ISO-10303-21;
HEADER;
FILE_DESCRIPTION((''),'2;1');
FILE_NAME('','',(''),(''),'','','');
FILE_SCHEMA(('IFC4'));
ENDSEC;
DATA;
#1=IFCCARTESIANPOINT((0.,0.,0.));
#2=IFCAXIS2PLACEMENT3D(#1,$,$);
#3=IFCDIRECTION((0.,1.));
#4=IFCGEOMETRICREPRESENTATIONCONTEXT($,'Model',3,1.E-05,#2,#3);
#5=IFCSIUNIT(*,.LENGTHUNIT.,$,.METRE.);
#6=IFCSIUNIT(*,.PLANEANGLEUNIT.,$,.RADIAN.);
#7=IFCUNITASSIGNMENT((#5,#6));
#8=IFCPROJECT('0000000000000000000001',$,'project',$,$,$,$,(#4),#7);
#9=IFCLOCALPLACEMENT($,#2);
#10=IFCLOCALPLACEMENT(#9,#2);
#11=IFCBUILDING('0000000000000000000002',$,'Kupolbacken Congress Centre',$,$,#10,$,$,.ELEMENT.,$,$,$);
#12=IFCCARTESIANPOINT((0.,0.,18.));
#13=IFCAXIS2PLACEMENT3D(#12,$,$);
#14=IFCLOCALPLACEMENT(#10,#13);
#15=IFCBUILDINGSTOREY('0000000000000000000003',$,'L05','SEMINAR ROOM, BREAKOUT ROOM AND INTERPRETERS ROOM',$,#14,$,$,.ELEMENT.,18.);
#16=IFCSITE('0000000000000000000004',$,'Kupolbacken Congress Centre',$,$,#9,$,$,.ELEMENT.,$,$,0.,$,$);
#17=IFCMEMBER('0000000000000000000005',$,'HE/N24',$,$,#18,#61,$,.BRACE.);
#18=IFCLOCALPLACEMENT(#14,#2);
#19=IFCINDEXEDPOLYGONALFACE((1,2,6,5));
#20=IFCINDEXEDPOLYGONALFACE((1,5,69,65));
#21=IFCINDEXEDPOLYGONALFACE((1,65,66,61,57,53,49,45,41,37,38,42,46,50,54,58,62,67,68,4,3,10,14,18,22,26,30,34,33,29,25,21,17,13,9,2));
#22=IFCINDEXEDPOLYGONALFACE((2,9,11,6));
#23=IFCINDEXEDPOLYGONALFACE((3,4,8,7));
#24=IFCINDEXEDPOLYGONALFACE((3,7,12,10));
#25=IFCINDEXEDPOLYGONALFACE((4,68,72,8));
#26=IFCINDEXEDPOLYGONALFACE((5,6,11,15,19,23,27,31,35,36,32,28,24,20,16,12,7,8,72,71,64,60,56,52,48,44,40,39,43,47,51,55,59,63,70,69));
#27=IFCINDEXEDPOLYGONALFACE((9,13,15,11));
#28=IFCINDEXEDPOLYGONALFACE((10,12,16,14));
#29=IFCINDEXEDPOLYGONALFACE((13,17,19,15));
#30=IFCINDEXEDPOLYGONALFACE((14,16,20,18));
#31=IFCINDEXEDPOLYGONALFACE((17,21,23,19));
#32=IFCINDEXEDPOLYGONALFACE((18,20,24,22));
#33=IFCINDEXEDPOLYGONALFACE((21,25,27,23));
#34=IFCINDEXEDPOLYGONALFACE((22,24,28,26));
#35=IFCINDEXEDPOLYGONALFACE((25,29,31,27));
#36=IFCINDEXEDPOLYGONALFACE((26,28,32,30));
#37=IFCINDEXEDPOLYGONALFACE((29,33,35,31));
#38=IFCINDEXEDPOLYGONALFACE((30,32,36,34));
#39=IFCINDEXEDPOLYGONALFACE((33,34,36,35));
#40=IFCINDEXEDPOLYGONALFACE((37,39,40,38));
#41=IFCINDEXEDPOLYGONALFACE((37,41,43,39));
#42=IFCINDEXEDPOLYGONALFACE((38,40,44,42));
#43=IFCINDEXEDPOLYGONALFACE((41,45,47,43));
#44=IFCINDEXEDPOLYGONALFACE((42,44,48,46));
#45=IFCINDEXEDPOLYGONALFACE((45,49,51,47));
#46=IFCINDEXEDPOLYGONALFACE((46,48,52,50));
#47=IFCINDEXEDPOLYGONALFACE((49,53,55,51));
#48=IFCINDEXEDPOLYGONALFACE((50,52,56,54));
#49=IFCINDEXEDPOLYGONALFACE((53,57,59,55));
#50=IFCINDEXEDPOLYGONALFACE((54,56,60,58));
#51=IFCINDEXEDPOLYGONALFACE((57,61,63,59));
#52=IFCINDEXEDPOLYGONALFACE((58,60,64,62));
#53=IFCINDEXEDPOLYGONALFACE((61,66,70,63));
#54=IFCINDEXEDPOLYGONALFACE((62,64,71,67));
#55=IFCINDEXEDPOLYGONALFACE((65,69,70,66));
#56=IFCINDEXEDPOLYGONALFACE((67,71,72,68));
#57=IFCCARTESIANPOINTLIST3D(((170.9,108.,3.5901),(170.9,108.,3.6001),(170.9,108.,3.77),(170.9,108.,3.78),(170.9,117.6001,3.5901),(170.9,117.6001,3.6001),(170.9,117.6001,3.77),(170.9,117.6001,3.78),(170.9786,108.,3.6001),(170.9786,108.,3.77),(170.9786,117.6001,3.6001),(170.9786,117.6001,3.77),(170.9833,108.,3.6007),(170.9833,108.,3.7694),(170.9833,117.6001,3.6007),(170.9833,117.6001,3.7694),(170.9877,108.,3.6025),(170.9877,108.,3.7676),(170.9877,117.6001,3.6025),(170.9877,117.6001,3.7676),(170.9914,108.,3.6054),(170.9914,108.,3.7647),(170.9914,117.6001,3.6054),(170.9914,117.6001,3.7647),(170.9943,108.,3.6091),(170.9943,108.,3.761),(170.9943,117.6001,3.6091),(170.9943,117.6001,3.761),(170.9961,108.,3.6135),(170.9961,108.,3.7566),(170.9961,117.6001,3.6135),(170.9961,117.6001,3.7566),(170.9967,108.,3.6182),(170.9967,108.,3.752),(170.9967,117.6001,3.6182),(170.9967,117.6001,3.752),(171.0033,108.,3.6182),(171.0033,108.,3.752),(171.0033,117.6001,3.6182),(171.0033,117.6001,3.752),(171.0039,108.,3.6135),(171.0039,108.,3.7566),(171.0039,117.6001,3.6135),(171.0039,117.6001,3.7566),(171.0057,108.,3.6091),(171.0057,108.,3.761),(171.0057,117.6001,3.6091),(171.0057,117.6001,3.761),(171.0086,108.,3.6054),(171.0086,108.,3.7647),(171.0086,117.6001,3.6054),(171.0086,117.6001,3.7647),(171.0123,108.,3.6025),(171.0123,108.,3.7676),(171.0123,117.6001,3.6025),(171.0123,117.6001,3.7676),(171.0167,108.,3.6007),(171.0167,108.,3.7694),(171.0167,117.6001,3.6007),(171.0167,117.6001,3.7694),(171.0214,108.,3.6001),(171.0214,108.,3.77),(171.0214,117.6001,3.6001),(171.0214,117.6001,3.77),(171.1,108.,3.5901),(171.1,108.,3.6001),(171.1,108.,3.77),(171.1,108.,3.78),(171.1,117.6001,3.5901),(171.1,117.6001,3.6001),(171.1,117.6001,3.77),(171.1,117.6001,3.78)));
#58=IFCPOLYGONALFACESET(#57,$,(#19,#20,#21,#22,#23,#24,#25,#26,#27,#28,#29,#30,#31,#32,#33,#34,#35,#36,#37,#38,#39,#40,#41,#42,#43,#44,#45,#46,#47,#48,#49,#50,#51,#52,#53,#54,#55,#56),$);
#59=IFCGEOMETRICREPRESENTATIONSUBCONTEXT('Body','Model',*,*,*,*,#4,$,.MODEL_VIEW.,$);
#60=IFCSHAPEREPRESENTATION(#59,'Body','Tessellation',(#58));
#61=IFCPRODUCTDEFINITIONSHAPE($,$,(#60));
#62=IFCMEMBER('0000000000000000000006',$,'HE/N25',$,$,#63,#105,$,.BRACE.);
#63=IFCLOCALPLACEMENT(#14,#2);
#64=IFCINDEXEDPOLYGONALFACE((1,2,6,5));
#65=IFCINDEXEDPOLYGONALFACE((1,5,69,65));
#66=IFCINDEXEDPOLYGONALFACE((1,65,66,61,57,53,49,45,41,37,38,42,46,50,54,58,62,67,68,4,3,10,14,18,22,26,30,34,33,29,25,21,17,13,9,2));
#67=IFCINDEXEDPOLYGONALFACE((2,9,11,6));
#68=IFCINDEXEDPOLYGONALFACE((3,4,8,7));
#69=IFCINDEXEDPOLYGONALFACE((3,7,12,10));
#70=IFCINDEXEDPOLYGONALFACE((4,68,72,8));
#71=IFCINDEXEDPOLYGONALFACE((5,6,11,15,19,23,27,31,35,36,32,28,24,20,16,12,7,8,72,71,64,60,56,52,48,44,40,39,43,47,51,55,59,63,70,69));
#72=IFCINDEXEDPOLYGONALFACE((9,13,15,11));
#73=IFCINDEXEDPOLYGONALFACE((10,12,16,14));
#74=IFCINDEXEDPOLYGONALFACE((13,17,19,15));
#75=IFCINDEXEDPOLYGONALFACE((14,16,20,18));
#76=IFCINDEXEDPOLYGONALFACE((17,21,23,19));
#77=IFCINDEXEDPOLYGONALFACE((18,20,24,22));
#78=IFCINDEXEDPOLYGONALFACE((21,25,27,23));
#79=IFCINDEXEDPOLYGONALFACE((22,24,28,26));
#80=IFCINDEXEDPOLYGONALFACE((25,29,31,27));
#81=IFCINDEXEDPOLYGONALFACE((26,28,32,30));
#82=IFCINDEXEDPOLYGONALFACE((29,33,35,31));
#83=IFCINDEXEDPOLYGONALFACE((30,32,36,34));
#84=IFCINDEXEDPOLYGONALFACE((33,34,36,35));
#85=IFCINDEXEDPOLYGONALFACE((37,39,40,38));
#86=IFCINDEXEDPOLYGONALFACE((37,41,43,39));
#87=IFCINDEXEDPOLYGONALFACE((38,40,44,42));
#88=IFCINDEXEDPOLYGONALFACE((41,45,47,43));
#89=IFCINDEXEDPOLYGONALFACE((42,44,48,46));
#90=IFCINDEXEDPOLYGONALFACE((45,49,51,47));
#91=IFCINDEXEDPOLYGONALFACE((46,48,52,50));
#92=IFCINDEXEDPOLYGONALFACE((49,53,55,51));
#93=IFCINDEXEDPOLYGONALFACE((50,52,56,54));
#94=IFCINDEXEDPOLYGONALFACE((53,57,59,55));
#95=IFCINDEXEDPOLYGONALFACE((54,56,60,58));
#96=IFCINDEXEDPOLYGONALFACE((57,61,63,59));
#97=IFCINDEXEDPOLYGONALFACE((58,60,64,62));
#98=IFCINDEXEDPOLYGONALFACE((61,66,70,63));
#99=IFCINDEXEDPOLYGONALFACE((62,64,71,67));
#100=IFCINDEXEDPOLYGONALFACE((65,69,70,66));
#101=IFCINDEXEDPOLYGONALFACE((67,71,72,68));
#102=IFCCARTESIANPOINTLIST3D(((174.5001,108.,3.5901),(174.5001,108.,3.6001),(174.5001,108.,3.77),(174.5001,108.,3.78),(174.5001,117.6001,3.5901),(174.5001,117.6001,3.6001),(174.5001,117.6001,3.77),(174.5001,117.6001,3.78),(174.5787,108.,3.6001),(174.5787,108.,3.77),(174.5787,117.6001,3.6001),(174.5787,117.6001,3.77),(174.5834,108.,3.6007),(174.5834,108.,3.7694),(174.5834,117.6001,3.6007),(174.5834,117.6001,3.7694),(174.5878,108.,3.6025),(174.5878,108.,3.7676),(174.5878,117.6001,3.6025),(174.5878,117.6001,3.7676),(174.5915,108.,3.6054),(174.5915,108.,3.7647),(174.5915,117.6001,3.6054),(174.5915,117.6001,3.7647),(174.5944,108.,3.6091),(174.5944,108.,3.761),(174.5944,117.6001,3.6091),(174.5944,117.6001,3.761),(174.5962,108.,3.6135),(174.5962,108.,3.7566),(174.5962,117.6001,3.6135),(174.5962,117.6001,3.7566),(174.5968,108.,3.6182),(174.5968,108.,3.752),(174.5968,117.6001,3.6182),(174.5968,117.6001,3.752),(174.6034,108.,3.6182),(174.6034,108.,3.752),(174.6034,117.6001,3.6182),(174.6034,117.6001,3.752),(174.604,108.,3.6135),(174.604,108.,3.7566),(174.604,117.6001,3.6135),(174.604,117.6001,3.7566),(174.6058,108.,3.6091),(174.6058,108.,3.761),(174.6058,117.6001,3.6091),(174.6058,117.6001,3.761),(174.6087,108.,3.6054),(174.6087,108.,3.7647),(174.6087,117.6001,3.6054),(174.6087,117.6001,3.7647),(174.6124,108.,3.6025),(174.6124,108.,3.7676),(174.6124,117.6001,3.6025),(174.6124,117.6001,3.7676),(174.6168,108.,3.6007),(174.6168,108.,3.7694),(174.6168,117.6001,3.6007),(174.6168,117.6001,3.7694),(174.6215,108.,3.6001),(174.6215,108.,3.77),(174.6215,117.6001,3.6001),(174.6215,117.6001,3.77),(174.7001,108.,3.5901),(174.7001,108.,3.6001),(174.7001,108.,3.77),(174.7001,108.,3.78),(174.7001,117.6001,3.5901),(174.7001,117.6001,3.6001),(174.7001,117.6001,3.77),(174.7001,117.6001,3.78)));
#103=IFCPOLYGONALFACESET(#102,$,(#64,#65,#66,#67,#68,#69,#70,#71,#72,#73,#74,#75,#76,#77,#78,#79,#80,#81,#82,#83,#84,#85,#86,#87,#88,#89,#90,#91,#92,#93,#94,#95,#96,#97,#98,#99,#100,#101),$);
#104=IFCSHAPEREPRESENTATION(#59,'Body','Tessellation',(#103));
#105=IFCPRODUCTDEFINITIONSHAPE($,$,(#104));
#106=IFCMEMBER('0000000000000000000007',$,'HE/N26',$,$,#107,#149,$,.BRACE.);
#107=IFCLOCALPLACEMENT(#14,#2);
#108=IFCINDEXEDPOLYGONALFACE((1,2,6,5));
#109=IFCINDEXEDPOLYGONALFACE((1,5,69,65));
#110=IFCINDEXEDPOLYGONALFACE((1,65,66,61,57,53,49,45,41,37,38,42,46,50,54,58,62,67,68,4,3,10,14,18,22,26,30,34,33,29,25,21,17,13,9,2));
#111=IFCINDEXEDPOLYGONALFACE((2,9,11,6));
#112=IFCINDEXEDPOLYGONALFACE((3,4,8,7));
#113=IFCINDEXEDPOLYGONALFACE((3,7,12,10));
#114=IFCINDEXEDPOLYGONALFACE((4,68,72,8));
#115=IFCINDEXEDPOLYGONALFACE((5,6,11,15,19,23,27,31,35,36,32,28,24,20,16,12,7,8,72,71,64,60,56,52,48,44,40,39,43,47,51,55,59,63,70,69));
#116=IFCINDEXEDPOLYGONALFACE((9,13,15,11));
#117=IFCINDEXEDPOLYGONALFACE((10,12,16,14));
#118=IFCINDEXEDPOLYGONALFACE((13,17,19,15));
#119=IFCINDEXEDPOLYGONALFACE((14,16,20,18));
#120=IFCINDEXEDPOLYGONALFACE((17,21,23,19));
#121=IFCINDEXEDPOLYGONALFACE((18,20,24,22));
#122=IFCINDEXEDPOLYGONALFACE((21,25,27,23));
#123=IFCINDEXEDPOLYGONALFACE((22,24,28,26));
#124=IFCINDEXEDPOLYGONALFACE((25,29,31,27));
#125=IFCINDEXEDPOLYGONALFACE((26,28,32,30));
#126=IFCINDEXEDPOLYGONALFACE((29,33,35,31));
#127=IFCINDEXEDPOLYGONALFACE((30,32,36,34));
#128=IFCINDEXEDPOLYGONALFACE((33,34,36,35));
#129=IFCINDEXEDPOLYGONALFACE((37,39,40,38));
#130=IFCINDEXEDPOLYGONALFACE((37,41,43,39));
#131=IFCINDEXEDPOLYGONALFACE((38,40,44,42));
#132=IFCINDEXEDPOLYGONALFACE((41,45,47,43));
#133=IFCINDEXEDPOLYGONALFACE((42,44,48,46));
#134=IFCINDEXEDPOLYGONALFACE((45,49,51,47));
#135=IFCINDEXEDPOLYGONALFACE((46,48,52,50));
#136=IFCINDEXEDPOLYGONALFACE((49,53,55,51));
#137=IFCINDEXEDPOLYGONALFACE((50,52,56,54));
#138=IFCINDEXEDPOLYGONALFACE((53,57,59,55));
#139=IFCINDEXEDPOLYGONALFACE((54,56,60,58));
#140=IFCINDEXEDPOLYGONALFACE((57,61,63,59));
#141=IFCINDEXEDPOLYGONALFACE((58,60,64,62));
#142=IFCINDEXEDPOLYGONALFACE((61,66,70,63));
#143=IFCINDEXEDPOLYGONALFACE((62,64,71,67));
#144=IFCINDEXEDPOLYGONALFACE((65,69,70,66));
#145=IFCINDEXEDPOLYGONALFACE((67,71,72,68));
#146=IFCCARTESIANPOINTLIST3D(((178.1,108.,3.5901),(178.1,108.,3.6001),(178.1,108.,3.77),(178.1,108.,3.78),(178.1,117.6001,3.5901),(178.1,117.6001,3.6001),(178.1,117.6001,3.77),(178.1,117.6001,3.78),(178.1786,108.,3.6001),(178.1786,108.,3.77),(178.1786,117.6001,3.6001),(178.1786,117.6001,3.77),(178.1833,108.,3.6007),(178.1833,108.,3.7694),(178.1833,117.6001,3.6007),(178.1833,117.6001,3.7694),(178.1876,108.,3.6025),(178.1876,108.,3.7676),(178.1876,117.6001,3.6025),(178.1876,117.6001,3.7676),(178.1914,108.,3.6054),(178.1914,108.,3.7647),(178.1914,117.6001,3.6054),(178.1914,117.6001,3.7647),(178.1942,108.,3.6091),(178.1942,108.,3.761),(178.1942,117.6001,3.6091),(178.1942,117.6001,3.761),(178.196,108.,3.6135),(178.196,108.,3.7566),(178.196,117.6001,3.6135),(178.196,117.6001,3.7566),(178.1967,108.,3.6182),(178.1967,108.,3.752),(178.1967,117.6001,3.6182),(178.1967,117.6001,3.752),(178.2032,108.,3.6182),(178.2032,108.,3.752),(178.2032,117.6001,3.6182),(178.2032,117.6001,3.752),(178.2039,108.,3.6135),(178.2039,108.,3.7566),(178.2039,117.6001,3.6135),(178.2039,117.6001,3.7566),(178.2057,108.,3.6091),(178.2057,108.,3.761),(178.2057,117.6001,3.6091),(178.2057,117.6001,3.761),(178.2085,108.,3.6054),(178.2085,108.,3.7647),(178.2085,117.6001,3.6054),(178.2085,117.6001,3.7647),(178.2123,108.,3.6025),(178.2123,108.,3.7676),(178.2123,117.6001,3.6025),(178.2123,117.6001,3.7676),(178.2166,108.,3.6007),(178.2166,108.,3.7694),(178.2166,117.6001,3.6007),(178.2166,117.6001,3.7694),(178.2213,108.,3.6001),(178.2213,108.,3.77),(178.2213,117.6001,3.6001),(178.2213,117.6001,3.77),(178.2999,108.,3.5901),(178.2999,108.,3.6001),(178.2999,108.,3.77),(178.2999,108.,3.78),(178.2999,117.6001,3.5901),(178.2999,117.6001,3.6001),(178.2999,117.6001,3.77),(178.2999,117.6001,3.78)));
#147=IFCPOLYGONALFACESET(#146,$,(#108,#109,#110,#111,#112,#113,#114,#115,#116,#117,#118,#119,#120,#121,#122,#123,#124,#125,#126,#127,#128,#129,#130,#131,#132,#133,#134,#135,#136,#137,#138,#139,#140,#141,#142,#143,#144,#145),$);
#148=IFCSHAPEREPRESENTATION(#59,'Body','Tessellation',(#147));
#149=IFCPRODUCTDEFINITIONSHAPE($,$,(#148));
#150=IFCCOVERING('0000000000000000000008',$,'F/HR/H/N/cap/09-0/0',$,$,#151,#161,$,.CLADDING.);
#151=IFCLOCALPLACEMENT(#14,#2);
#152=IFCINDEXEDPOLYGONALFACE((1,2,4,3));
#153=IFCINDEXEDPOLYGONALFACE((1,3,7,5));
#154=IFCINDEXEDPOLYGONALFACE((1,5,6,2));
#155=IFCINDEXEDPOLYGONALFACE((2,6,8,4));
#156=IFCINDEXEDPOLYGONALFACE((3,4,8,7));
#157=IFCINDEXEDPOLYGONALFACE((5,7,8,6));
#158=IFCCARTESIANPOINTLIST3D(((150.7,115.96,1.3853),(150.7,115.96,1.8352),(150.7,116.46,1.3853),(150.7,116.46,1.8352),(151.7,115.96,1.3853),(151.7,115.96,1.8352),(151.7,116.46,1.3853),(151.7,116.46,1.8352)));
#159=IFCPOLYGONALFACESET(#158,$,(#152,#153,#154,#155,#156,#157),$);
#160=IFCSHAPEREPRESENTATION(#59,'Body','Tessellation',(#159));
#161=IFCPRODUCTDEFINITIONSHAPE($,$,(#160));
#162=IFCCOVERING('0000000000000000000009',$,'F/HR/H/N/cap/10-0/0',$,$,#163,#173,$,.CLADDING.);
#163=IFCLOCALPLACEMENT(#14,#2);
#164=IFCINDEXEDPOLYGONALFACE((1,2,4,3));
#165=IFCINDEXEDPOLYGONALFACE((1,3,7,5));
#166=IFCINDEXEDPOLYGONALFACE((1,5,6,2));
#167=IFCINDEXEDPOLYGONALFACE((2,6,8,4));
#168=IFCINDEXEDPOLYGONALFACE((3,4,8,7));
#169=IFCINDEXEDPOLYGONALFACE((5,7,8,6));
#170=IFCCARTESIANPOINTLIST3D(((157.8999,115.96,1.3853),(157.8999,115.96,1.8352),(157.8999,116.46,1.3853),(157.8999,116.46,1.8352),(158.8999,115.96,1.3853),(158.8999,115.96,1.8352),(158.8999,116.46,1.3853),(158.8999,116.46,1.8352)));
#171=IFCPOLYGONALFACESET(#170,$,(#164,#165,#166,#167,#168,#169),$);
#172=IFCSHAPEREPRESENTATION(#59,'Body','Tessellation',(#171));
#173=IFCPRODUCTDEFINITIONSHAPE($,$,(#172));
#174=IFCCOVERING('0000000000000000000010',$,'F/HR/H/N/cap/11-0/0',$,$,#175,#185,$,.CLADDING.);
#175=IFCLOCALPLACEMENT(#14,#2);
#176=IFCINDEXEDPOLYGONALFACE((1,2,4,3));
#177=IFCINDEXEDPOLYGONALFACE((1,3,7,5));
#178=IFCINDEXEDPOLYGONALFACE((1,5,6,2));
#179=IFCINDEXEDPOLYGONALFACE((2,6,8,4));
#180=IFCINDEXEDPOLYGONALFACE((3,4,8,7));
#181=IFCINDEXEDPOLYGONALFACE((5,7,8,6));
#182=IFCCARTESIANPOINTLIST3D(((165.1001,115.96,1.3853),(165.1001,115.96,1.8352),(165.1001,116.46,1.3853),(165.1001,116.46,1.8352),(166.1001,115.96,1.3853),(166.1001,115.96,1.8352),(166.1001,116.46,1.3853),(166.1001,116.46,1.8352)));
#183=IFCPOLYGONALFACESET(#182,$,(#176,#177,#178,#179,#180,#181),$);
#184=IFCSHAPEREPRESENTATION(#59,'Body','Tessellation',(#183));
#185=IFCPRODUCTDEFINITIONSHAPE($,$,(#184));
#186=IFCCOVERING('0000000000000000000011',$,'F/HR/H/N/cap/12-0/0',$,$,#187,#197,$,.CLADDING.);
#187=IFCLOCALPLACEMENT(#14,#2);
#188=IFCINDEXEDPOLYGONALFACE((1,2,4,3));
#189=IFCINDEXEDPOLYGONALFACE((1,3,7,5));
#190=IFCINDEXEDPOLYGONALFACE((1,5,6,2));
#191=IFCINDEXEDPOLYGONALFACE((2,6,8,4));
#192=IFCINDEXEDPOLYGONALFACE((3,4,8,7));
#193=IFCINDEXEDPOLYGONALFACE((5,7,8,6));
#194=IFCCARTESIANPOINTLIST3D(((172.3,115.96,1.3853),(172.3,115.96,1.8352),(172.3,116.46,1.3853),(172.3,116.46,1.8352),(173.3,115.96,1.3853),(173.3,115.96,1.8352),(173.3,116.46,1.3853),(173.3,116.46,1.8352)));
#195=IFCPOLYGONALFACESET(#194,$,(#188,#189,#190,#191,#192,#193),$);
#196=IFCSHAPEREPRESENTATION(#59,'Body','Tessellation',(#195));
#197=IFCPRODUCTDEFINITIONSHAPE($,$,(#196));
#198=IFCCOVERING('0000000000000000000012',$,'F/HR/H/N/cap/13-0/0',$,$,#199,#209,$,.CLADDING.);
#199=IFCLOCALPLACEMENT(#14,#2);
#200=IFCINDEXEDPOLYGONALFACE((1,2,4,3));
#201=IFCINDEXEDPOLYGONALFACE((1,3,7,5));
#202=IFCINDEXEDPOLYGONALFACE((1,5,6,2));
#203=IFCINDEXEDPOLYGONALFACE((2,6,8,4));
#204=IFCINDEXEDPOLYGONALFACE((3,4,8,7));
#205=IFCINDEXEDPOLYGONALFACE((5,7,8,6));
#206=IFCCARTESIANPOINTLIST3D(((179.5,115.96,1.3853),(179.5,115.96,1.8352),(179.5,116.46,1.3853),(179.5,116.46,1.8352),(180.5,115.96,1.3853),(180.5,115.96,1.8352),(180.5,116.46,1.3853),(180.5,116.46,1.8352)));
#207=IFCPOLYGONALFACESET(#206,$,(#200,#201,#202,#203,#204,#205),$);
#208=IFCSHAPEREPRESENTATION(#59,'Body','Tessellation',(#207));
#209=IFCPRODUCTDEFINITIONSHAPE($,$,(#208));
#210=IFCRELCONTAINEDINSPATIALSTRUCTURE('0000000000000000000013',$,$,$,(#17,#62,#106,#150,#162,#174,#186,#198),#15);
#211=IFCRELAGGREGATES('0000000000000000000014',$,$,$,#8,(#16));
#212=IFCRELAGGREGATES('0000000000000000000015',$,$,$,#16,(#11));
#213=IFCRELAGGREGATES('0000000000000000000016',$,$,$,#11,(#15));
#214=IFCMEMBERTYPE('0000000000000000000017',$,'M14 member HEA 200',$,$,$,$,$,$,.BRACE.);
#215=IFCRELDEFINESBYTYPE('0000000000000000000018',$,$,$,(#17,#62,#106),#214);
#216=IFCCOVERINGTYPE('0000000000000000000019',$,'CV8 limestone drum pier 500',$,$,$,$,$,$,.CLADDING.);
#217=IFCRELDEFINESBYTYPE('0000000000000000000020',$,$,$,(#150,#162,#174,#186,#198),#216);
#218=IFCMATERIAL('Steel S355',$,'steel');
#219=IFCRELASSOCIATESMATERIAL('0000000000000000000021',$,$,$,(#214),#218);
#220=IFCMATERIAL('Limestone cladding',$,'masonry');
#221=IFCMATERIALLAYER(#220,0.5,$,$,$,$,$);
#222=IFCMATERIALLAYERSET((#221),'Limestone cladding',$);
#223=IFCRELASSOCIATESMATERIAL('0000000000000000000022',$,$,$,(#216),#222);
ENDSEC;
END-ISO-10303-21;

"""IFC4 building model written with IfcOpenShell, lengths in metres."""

from ifc_helpers import new_model, si_unit, direction, frame, origin, origin_2d, place, context, subcontext, project, spatial, rectangle, i_section, extrude, material, layer, layer_set, material_profile, profile_set, type_object, element, save


model = new_model("IFC4")

# Units and contexts
model_context = context("Model", 3, precision=1e-05, world=origin(), true_north=direction((0.0, 1.0)))
body_context = subcontext(model_context, "Body", "Model", "MODEL_VIEW")
ifc_project = project(units=[si_unit("LENGTHUNIT", "METRE"), si_unit("PLANEANGLEUNIT", "RADIAN")], contexts=[model_context])

# Site, building, storey
site_placement = place(None, origin())
site = spatial("IfcSite", under=ifc_project, at=site_placement, Name="Kupolbacken Congress Centre", CompositionType="ELEMENT", RefElevation=0.0)
building_placement = place(site_placement, origin())
building = spatial("IfcBuilding", under=site, at=building_placement, Name="Kupolbacken Congress Centre", CompositionType="ELEMENT")
storey_placement = place(building_placement, frame((0.0, 0.0, 18.0)))
storey = spatial("IfcBuildingStorey", under=building, at=storey_placement, Name="L05", Description="SEMINAR ROOM, BREAKOUT ROOM AND INTERPRETERS ROOM", CompositionType="ELEMENT", Elevation=18.0)

# Members
ifc_material_1 = material(Name="Steel S355", Category="steel")
ifc_material_profile_1 = material_profile(ifc_material_1, i_section(OverallWidth=0.2, OverallDepth=0.1899, WebThickness=0.0066, FlangeThickness=0.01, FilletRadius=0.0181, at=origin_2d()), Name="HEA 200")
ifc_profile_set_1 = profile_set([ifc_material_profile_1], Name="Steel S355")
member_type_1 = type_object("IfcMemberType", Name="M14 member HEA 200", PredefinedType="BRACE", material=ifc_profile_set_1)
for number, where, z_axis, x_axis, name in (
    (1, (171.0, 108.0, 3.6851), (0.0, 1.0, 0.0), (-1.0, 0.0, 0.0), "HE/N24"),
    (2, (174.6001, 108.0, 3.6851), (0.0, 1.0, 0.0), (-1.0, 0.0, 0.0), "HE/N25"),
    (3, (178.2, 108.0, 3.6851), (0.0, 1.0, 0.0), (-1.0, 0.0, 0.0), "HE/N26"),
):
    element("IfcMember", number, at=place(storey_placement, frame(where, z_axis=z_axis, x_axis=x_axis)), inside=storey, type_object=member_type_1, Name=name, PredefinedType="BRACE", context=body_context, shape_type="SweptSolid", body=[
        extrude(i_section(OverallWidth=0.2, OverallDepth=0.1899, WebThickness=0.0066, FlangeThickness=0.01, FilletRadius=0.0181, at=origin_2d()), origin(), (0.0, 0.0, 1.0), 9.6001),
    ])

# Coverings
ifc_material_2 = material(Name="Limestone cladding", Category="masonry")
ifc_layer_1 = layer(ifc_material_2, 0.5)
ifc_layer_set_1 = layer_set([ifc_layer_1], Name="Limestone cladding")
covering_type = type_object("IfcCoveringType", Name="CV8 limestone drum pier 500", PredefinedType="CLADDING", material=ifc_layer_set_1)
for number, where, z_axis, x_axis, name in (
    (4, (151.2, 116.21, 1.3853), (0.0, 0.0, 1.0), (1.0, 0.0, 0.0), "F/HR/H/N/cap/09-0/0"),
    (5, (158.3999, 116.21, 1.3853), (0.0, 0.0, 1.0), (1.0, 0.0, 0.0), "F/HR/H/N/cap/10-0/0"),
    (6, (165.6001, 116.21, 1.3853), (0.0, 0.0, 1.0), (1.0, 0.0, 0.0), "F/HR/H/N/cap/11-0/0"),
    (7, (172.8, 116.21, 1.3853), (0.0, 0.0, 1.0), (1.0, 0.0, 0.0), "F/HR/H/N/cap/12-0/0"),
    (8, (180.0, 116.21, 1.3853), (0.0, 0.0, 1.0), (1.0, 0.0, 0.0), "F/HR/H/N/cap/13-0/0"),
):
    element("IfcCovering", number, at=place(storey_placement, frame(where, z_axis=z_axis, x_axis=x_axis)), inside=storey, type_object=covering_type, Name=name, PredefinedType="CLADDING", context=body_context, shape_type="SweptSolid", body=[
        extrude(rectangle(XDim=1.0, YDim=0.5, at=origin_2d()), origin(), (0.0, 0.0, 1.0), 0.45),
    ])

save(model, "model.ifc")
